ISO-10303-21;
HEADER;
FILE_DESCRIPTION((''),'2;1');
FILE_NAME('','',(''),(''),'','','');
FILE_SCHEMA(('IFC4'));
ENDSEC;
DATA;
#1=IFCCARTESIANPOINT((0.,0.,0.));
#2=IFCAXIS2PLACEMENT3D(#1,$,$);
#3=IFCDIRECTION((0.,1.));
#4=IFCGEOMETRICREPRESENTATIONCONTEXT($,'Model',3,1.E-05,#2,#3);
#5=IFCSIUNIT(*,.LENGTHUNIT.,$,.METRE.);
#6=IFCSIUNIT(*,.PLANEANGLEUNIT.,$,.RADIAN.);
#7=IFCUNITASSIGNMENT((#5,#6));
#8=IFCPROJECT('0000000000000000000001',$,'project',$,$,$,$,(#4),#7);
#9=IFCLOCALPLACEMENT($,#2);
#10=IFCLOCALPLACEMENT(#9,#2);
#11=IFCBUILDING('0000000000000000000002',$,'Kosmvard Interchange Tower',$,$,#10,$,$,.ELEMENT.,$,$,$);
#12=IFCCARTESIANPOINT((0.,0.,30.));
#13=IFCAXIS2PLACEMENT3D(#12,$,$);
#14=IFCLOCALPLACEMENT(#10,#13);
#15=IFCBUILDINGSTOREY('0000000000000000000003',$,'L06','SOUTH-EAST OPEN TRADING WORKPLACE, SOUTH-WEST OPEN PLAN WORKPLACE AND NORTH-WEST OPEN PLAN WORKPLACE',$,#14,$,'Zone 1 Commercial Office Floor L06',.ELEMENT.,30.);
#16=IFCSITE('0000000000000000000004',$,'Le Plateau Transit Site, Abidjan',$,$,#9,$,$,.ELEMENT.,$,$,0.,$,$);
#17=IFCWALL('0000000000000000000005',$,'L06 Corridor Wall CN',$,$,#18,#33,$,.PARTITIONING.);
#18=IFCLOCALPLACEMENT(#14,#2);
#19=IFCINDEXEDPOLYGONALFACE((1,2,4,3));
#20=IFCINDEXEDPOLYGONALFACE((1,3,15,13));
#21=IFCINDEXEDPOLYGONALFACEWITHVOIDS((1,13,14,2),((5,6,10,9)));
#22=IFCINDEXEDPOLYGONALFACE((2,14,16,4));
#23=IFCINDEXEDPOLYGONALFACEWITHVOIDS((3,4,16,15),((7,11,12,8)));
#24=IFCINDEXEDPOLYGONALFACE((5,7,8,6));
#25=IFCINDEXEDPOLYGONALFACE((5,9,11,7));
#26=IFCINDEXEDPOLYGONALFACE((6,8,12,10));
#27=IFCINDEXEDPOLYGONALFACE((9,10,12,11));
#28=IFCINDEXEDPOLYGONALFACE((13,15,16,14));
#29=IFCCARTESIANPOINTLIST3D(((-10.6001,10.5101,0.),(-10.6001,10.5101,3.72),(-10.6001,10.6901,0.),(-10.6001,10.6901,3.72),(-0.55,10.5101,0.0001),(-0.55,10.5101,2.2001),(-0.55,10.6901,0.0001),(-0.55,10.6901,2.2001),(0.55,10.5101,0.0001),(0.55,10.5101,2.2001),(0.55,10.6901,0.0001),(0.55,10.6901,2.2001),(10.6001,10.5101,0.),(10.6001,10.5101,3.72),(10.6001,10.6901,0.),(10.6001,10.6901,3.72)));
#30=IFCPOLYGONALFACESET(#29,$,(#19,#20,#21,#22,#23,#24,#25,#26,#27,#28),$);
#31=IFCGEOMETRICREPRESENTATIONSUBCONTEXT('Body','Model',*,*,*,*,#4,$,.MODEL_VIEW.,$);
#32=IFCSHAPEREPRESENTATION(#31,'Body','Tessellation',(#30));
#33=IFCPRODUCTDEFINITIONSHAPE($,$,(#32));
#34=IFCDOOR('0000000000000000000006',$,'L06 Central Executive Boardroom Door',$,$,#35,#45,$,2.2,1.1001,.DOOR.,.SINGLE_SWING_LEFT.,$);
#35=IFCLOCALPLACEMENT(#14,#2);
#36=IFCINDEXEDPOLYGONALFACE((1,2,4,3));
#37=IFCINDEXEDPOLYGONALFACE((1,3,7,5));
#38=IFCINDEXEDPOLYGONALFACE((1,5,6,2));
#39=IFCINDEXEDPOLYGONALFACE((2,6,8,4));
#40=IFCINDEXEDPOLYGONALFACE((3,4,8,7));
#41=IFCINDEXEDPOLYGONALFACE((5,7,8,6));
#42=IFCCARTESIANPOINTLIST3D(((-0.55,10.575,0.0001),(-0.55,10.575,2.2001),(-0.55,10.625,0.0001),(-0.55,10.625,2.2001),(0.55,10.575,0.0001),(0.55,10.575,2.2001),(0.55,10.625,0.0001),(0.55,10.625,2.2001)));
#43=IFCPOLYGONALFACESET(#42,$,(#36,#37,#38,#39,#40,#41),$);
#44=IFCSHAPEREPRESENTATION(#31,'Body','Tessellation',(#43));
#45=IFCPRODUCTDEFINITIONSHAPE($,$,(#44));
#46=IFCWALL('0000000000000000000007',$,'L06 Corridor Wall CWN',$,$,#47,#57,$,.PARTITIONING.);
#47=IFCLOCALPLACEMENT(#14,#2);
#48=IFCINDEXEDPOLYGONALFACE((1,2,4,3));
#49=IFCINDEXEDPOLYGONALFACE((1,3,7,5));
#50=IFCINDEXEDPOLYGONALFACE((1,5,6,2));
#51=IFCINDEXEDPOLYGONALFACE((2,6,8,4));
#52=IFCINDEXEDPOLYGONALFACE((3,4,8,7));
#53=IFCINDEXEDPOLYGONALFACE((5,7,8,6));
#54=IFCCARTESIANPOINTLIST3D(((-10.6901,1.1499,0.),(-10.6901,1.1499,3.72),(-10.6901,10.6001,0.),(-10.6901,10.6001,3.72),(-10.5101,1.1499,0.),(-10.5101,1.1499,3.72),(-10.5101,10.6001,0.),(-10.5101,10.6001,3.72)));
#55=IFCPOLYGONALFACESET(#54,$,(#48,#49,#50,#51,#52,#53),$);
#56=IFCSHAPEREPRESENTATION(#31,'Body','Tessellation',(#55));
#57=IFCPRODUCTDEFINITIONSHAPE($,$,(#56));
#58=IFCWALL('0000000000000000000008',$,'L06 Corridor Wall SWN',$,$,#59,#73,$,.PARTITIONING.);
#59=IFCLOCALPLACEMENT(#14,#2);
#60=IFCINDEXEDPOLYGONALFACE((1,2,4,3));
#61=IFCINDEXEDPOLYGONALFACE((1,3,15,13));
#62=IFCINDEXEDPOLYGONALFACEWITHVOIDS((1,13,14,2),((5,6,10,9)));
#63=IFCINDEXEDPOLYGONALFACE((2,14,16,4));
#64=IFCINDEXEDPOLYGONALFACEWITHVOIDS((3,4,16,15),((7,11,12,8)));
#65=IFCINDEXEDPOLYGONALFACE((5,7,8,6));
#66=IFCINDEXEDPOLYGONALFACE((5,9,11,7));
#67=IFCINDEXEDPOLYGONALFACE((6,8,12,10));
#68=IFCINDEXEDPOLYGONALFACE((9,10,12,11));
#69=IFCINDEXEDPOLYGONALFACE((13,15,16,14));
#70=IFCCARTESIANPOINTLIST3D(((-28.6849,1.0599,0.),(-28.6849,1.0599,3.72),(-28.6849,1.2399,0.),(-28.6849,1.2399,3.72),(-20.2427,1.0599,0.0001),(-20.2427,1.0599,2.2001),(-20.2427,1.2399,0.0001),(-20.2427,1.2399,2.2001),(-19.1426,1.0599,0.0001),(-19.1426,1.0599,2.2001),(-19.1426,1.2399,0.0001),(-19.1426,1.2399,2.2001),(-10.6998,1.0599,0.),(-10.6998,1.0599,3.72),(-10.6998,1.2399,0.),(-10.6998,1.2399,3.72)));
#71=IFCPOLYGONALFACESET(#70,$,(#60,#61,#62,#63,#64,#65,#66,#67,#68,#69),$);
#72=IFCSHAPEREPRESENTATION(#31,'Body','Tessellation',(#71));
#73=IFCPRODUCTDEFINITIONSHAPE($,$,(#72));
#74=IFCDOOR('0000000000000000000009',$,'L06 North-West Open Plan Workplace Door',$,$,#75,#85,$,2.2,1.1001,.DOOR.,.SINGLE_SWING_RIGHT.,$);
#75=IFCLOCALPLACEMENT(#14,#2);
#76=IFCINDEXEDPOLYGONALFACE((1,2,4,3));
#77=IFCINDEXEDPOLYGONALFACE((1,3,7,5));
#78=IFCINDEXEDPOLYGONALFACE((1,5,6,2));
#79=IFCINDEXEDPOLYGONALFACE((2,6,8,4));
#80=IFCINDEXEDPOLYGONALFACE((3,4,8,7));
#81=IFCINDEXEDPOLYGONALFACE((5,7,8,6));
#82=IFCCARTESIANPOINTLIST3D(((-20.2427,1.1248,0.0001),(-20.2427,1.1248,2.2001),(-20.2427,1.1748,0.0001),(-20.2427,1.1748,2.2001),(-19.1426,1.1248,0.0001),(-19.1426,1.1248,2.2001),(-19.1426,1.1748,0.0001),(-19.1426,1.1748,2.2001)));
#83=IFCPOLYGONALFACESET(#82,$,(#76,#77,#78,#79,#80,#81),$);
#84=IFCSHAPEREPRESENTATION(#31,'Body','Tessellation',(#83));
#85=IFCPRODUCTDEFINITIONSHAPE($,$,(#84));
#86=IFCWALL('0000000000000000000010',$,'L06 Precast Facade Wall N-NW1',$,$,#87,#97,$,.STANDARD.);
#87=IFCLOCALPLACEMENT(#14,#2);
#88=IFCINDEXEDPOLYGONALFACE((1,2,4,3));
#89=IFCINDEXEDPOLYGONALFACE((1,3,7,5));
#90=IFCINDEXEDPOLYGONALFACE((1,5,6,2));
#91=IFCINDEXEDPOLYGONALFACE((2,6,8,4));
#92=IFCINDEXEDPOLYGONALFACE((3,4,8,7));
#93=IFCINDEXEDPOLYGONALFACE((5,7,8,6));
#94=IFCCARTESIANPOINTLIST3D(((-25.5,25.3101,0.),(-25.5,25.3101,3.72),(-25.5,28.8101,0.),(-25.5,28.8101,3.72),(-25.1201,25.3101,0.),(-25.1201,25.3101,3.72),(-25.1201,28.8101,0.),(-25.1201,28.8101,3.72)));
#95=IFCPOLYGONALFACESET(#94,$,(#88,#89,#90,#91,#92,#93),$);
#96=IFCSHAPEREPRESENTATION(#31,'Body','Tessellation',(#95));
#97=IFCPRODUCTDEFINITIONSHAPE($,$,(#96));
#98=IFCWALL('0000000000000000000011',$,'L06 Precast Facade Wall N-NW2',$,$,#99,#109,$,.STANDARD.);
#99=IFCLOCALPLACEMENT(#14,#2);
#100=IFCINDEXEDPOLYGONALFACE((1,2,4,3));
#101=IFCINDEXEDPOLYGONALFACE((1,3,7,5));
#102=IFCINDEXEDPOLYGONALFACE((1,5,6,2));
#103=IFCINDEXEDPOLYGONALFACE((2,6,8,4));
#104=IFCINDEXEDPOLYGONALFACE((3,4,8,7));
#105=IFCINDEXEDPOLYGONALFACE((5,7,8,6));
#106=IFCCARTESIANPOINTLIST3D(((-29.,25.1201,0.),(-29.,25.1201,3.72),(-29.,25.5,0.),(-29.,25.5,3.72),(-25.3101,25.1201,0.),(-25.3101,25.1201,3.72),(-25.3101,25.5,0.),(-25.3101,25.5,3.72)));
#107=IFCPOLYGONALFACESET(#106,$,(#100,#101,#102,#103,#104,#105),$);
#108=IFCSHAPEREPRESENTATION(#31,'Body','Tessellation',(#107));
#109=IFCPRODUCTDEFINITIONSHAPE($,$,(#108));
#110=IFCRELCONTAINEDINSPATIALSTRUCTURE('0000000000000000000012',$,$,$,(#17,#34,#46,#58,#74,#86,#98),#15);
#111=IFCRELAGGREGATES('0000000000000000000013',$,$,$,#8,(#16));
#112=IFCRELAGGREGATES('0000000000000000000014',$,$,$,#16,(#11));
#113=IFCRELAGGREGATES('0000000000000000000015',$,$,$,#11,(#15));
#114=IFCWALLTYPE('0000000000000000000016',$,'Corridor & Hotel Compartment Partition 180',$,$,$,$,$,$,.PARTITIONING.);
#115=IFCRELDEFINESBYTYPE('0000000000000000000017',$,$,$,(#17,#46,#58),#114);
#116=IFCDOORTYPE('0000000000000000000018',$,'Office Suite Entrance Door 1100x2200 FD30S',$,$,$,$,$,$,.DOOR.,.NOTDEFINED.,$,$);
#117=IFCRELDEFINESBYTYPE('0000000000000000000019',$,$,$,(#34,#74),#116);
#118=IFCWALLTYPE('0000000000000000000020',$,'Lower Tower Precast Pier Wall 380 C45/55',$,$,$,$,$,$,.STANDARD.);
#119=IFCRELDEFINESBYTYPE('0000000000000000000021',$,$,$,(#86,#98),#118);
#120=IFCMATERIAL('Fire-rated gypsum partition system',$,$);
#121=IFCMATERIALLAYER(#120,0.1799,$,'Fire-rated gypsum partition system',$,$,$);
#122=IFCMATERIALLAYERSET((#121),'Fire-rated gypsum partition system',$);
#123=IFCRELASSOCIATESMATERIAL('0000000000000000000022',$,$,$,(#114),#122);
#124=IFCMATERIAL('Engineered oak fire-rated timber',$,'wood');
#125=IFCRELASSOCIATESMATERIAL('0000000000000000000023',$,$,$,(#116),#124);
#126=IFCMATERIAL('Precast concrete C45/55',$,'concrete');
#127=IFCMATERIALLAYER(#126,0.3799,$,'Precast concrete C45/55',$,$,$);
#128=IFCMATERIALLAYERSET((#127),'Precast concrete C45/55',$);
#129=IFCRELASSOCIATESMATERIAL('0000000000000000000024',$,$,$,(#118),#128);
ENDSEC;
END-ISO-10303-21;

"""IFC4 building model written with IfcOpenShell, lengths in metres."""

from ifc_helpers import new_model, si_unit, direction, frame, frame_2d, origin, place, context, subcontext, project, spatial, rectangle, extrude, source, transform, mapped, material, layer, layer_set, type_object, element, fill, save


model = new_model("IFC4")

# Units and contexts
model_context = context("Model", 3, precision=1e-05, world=origin(), true_north=direction((0.0, 1.0)))
body_context = subcontext(model_context, "Body", "Model", "MODEL_VIEW")
ifc_project = project(units=[si_unit("LENGTHUNIT", "METRE"), si_unit("PLANEANGLEUNIT", "RADIAN")], contexts=[model_context])

# Site, building, storey
site_placement = place(None, origin())
site = spatial("IfcSite", under=ifc_project, at=site_placement, Name="Le Plateau Transit Site, Abidjan", CompositionType="ELEMENT", RefElevation=0.0)
building_placement = place(site_placement, origin())
building = spatial("IfcBuilding", under=site, at=building_placement, Name="Kosmvard Interchange Tower", CompositionType="ELEMENT")
storey_placement = place(building_placement, frame((0.0, 0.0, 30.0)))
storey = spatial("IfcBuildingStorey", under=building, at=storey_placement, Name="L06", Description="SOUTH-EAST OPEN TRADING WORKPLACE, SOUTH-WEST OPEN PLAN WORKPLACE AND NORTH-WEST OPEN PLAN WORKPLACE", LongName="Zone 1 Commercial Office Floor L06", CompositionType="ELEMENT", Elevation=30.0)

# Shared definitions
ifc_material_1 = material(Name="Precast concrete C45/55", Category="concrete")

# Wall, opening, door
ifc_material_2 = material(Name="Fire-rated gypsum partition system")
ifc_layer_1 = layer(ifc_material_2, 0.1799, Name="Fire-rated gypsum partition system")
ifc_layer_set_1 = layer_set([ifc_layer_1], Name="Fire-rated gypsum partition system")
wall_type_1 = type_object("IfcWallType", Name="Corridor & Hotel Compartment Partition 180", PredefinedType="PARTITIONING", material=ifc_layer_set_1)
wall_1_placement = place(storey_placement, frame((-10.6001, 10.6001, 0.0), z_axis=(0.0, 0.0, 1.0), x_axis=(1.0, 0.0, 0.0)))
wall_1 = element("IfcWall", 1, at=wall_1_placement, inside=storey, type_object=wall_type_1, Name="L06 Corridor Wall CN", PredefinedType="PARTITIONING", context=body_context, shape_type="SweptSolid", body=[
    extrude(rectangle(XDim=21.2002, YDim=0.1799, at=frame_2d((10.6001, 0.0))), origin(), (0.0, 0.0, 1.0), 3.72),
])
opening_1_placement = place(wall_1_placement, frame((10.05, 0.0, 0.0)))
opening_1 = element("IfcOpeningElement", 2, at=opening_1_placement, cuts=wall_1, PredefinedType="OPENING", context=body_context, shape_type="SweptSolid", body=[
    extrude(rectangle(XDim=1.1001, YDim=2.2, at=frame_2d((0.55, 1.1001))), frame((0.0, 0.1001, 0.0), z_axis=(0.0, -1.0, 0.0), x_axis=(1.0, 0.0, 0.0)), (0.0, 0.0, 1.0), 0.2),
])
ifc_material_3 = material(Name="Engineered oak fire-rated timber", Category="wood")
door_type = type_object("IfcDoorType", Name="Office Suite Entrance Door 1100x2200 FD30S", OperationType="NOTDEFINED", PredefinedType="DOOR", material=ifc_material_3)
shared_shape_1 = source(origin(), body_context, "Body", "SweptSolid", [
    extrude(rectangle(XDim=1.1001, YDim=2.2, at=frame_2d((0.55, 1.1001))), frame((0.0, 0.0249, 0.0), z_axis=(0.0, -1.0, 0.0), x_axis=(1.0, 0.0, 0.0)), (0.0, 0.0, 1.0), 0.05),
])
door_1_placement = place(opening_1_placement, origin())
door_1 = element("IfcDoor", 3, at=door_1_placement, inside=storey, type_object=door_type, Name="L06 Central Executive Boardroom Door", OperationType="SINGLE_SWING_LEFT", OverallHeight=2.2, OverallWidth=1.1001, PredefinedType="DOOR", context=body_context, shape_type="MappedRepresentation", body=[
    mapped(shared_shape_1, transform((0.0, 0.0, 0.0), scale=1.0)),
])
fill(opening_1, door_1)

# Wall
wall_2_placement = place(storey_placement, frame((-10.6001, 1.1499, 0.0), z_axis=(0.0, 0.0, 1.0), x_axis=(0.0, 1.0, 0.0)))
element("IfcWall", 4, at=wall_2_placement, inside=storey, type_object=wall_type_1, Name="L06 Corridor Wall CWN", PredefinedType="PARTITIONING", context=body_context, shape_type="SweptSolid", body=[
    extrude(rectangle(XDim=9.4502, YDim=0.1799, at=frame_2d((4.7251, 0.0))), origin(), (0.0, 0.0, 1.0), 3.72),
])

# Wall, opening, door
wall_3_placement = place(storey_placement, frame((-28.6851, 1.1499, 0.0), z_axis=(0.0, 0.0, 1.0), x_axis=(1.0, 0.0, 0.0)))
wall_3 = element("IfcWall", 5, at=wall_3_placement, inside=storey, type_object=wall_type_1, Name="L06 Corridor Wall SWN", PredefinedType="PARTITIONING", context=body_context, shape_type="SweptSolid", body=[
    extrude(rectangle(XDim=17.9851, YDim=0.1799, at=frame_2d((8.9927, 0.0))), origin(), (0.0, 0.0, 1.0), 3.72),
])
opening_2_placement = place(wall_3_placement, frame((8.4424, 0.0, 0.0)))
opening_2 = element("IfcOpeningElement", 6, at=opening_2_placement, cuts=wall_3, PredefinedType="OPENING", context=body_context, shape_type="SweptSolid", body=[
    extrude(rectangle(XDim=1.1001, YDim=2.2, at=frame_2d((0.55, 1.1001))), frame((0.0, 0.1001, 0.0), z_axis=(0.0, -1.0, 0.0), x_axis=(1.0, 0.0, 0.0)), (0.0, 0.0, 1.0), 0.2),
])
door_2_placement = place(opening_2_placement, origin())
door_2 = element("IfcDoor", 7, at=door_2_placement, inside=storey, type_object=door_type, Name="L06 North-West Open Plan Workplace Door", OperationType="SINGLE_SWING_RIGHT", OverallHeight=2.2, OverallWidth=1.1001, PredefinedType="DOOR", context=body_context, shape_type="MappedRepresentation", body=[
    mapped(shared_shape_1, transform((0.0, 0.0, 0.0), scale=1.0)),
])
fill(opening_2, door_2)

# Walls
ifc_layer_2 = layer(ifc_material_1, 0.3799, Name="Precast concrete C45/55")
ifc_layer_set_2 = layer_set([ifc_layer_2], Name="Precast concrete C45/55")
wall_type_2 = type_object("IfcWallType", Name="Lower Tower Precast Pier Wall 380 C45/55", PredefinedType="STANDARD", material=ifc_layer_set_2)
wall_4_placement = place(storey_placement, frame((-25.3101, 28.8101, 0.0), z_axis=(0.0, 0.0, 1.0), x_axis=(0.0, -1.0, 0.0)))
element("IfcWall", 8, at=wall_4_placement, inside=storey, type_object=wall_type_2, Name="L06 Precast Facade Wall N-NW1", PredefinedType="STANDARD", context=body_context, shape_type="SweptSolid", body=[
    extrude(rectangle(XDim=3.5, YDim=0.3799, at=frame_2d((1.75, 0.0))), origin(), (0.0, 0.0, 1.0), 3.72),
])
wall_5_placement = place(storey_placement, frame((-25.3101, 25.3101, 0.0), z_axis=(0.0, 0.0, 1.0), x_axis=(-1.0, 0.0, 0.0)))
element("IfcWall", 9, at=wall_5_placement, inside=storey, type_object=wall_type_2, Name="L06 Precast Facade Wall N-NW2", PredefinedType="STANDARD", context=body_context, shape_type="SweptSolid", body=[
    extrude(rectangle(XDim=3.6899, YDim=0.3799, at=frame_2d((1.845, 0.0))), origin(), (0.0, 0.0, 1.0), 3.72),
])

save(model, "model.ifc")
